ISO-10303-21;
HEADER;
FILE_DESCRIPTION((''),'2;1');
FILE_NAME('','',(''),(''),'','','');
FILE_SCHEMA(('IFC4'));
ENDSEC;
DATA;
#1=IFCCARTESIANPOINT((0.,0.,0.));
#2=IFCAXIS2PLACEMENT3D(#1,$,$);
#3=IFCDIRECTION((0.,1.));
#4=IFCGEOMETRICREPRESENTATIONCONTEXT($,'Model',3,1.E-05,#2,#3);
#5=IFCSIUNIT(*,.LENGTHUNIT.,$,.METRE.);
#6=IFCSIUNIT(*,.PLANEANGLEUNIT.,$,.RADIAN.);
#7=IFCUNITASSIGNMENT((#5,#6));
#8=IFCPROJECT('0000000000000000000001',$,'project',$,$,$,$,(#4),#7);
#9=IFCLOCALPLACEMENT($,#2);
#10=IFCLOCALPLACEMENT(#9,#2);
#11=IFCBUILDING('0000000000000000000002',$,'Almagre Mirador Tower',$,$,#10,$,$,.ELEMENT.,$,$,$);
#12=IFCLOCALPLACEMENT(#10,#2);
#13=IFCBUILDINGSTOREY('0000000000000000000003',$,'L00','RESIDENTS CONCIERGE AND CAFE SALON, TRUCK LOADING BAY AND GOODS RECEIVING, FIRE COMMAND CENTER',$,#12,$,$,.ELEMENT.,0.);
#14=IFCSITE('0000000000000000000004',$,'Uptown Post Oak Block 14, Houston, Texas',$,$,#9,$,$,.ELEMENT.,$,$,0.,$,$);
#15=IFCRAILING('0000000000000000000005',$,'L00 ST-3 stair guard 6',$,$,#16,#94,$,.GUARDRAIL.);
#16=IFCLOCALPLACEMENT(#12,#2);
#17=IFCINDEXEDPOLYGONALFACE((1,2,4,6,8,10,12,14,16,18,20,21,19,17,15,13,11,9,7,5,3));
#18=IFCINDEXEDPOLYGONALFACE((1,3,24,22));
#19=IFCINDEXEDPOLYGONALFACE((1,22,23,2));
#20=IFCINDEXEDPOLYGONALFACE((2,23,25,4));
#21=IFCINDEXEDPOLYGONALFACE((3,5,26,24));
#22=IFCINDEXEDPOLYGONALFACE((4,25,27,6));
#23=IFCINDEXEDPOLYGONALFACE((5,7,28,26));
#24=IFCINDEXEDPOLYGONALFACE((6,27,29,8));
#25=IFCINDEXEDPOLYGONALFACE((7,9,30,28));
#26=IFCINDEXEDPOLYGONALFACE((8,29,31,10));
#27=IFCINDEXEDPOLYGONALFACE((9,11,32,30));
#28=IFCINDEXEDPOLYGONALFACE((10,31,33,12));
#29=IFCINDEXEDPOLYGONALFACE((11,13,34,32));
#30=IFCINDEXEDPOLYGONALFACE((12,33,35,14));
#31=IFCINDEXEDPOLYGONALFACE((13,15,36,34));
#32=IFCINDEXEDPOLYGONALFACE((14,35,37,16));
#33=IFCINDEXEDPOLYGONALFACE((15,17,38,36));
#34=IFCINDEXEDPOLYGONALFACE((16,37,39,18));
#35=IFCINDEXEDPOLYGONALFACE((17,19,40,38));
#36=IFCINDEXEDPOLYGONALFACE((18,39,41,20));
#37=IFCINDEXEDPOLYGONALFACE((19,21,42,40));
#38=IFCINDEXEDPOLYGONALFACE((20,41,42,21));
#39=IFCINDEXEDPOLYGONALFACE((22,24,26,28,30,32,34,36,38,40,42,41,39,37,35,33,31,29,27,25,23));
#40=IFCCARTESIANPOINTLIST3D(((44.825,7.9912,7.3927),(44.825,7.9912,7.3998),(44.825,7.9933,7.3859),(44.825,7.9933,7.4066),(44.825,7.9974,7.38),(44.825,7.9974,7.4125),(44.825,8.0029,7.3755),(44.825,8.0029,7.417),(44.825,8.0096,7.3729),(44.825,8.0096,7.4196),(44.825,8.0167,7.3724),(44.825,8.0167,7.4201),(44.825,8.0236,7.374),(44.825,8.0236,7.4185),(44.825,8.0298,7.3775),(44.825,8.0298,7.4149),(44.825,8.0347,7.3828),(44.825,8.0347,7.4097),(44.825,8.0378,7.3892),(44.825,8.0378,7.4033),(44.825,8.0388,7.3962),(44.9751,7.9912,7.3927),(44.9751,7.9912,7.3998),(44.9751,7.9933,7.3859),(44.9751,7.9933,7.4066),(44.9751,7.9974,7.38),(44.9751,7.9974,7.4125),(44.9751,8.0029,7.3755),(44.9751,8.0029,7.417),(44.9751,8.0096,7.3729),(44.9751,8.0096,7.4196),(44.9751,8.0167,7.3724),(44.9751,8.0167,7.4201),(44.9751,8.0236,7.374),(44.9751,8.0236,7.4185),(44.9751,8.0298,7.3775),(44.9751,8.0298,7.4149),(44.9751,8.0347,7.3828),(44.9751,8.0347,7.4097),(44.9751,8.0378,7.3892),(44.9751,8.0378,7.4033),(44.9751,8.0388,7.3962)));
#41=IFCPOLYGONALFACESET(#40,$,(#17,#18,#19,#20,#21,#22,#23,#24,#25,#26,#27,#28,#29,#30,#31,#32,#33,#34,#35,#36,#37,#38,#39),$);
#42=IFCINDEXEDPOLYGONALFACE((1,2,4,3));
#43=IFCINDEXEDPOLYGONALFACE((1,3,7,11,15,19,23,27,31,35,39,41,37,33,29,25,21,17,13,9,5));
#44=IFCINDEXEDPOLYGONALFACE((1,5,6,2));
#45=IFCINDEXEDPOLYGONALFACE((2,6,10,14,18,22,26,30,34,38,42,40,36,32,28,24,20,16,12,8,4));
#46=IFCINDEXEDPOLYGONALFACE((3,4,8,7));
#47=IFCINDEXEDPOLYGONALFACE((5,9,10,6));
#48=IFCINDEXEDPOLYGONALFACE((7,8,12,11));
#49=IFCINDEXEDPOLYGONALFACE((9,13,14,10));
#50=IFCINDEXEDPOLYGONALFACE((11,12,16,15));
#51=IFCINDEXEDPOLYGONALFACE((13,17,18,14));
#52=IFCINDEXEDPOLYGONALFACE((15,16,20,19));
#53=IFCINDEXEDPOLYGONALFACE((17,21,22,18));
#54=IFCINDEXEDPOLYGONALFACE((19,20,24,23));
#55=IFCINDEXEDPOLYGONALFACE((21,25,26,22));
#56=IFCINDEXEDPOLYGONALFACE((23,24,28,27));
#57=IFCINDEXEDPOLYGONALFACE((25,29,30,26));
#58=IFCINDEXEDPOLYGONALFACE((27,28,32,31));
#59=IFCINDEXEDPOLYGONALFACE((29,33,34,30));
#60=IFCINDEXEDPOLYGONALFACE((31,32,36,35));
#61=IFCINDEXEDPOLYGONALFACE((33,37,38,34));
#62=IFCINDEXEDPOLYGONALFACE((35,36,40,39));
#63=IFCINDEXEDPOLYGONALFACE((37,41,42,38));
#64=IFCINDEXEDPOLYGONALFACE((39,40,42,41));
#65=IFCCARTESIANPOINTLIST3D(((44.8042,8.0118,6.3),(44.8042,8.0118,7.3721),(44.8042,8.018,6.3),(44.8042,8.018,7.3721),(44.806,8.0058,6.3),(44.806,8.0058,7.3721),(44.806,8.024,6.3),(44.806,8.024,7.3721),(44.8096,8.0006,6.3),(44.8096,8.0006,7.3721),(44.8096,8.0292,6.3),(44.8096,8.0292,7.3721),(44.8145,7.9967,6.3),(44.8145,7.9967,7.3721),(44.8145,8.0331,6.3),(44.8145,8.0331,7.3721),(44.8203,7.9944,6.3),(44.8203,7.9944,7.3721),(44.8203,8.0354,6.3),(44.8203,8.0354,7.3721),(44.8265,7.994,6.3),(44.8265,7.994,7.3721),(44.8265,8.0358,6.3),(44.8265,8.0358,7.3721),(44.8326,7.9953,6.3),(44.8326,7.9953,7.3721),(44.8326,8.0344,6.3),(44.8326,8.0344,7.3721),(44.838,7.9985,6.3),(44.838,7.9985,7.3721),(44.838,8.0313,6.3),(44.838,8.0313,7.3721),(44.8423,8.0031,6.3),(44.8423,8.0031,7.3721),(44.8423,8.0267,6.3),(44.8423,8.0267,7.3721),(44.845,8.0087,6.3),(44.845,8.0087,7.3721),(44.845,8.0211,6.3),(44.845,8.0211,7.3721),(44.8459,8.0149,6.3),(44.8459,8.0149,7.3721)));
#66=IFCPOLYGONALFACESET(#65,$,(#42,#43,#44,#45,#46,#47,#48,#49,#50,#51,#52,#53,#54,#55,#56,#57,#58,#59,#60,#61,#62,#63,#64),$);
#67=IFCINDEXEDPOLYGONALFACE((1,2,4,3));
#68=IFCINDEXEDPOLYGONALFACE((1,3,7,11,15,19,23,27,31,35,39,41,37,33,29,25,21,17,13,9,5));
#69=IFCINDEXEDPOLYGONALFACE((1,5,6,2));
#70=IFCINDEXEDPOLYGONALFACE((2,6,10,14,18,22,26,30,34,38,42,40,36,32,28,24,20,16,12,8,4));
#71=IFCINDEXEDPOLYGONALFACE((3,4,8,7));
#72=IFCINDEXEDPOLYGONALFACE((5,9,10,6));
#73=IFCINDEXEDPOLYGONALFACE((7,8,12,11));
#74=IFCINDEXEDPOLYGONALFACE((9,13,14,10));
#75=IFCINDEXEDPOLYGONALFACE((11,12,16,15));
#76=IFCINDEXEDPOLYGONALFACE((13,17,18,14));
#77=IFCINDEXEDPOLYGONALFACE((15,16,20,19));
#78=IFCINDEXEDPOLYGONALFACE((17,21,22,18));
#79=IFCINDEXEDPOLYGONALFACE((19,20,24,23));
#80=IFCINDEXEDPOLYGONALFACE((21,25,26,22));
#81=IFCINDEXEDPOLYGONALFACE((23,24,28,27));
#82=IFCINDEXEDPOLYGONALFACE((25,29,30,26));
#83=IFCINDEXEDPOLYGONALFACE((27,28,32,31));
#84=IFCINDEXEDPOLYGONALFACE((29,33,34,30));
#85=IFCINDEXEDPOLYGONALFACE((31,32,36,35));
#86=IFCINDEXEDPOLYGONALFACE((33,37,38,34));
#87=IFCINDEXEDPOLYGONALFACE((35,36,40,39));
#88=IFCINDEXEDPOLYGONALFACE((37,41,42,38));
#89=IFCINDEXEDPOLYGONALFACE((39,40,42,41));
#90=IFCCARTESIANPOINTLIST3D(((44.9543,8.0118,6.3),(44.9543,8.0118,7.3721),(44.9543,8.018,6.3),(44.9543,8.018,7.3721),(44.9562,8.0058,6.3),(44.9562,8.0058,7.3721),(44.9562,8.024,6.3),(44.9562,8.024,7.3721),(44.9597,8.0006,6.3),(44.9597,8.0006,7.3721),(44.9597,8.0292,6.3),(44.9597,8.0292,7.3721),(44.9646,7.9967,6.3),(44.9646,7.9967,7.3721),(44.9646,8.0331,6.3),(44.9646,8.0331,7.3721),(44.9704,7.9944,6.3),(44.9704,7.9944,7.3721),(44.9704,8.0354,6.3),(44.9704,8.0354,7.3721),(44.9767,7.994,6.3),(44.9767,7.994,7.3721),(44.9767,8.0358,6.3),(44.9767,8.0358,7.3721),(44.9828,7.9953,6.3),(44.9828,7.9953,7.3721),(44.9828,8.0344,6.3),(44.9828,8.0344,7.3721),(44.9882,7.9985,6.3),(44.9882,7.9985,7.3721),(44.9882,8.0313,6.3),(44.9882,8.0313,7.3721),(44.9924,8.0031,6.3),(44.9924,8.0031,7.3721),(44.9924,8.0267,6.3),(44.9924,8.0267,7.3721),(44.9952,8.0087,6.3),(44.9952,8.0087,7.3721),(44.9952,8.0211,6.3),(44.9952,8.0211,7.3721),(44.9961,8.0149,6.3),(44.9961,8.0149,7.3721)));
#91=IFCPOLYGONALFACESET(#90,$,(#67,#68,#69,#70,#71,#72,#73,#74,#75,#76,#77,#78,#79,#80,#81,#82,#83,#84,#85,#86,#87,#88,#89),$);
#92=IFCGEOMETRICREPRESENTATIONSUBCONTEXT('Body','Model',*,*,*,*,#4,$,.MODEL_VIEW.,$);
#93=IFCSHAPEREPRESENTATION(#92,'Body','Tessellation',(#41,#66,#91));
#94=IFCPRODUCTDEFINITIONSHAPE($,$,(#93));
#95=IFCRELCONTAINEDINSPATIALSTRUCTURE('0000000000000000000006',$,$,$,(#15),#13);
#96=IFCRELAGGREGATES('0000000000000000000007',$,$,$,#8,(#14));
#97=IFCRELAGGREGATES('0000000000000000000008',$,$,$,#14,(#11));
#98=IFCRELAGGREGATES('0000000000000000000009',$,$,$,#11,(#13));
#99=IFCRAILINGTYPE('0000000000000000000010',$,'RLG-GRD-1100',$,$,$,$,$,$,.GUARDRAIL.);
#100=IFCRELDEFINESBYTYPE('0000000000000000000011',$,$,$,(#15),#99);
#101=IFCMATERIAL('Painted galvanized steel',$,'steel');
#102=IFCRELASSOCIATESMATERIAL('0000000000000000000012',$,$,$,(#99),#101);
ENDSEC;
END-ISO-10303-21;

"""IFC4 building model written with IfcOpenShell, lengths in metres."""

from ifc_helpers import new_model, si_unit, direction, frame, origin, origin_2d, place, context, subcontext, project, spatial, circle, extrude, material, type_object, element, save


model = new_model("IFC4")

# Units and contexts
model_context = context("Model", 3, precision=1e-05, world=origin(), true_north=direction((0.0, 1.0)))
body_context = subcontext(model_context, "Body", "Model", "MODEL_VIEW")
ifc_project = project(units=[si_unit("LENGTHUNIT", "METRE"), si_unit("PLANEANGLEUNIT", "RADIAN")], contexts=[model_context])

# Site, building, storey
site_placement = place(None, origin())
site = spatial("IfcSite", under=ifc_project, at=site_placement, Name="Uptown Post Oak Block 14, Houston, Texas", CompositionType="ELEMENT", RefElevation=0.0)
building_placement = place(site_placement, origin())
building = spatial("IfcBuilding", under=site, at=building_placement, Name="Almagre Mirador Tower", CompositionType="ELEMENT")
storey_placement = place(building_placement, origin())
storey = spatial("IfcBuildingStorey", under=building, at=storey_placement, Name="L00", Description="RESIDENTS CONCIERGE AND CAFE SALON, TRUCK LOADING BAY AND GOODS RECEIVING, FIRE COMMAND CENTER", CompositionType="ELEMENT", Elevation=0.0)

# Railing
ifc_material_1 = material(Name="Painted galvanized steel", Category="steel")
railing_type_1 = type_object("IfcRailingType", Name="RLG-GRD-1100", PredefinedType="GUARDRAIL", material=ifc_material_1)
railing_1_placement = place(storey_placement, frame((44.825, 8.0149, 6.3)))
element("IfcRailing", 1, at=railing_1_placement, inside=storey, type_object=railing_type_1, Name="L00 ST-3 stair guard 6", PredefinedType="GUARDRAIL", context=body_context, shape_type="SweptSolid", body=[
    extrude(circle(Radius=0.0239, at=origin_2d()), frame((0.0, 0.0, 1.0962), z_axis=(1.0, 0.0, 0.0), x_axis=(0.0, 1.0, 0.0)), (0.0, 0.0, 1.0), 0.1501),
    extrude(circle(Radius=0.021, at=origin_2d()), origin(), (0.0, 0.0, 1.0), 1.072),
    extrude(circle(Radius=0.021, at=origin_2d()), frame((0.1501, 0.0, 0.0)), (0.0, 0.0, 1.0), 1.072),
])

save(model, "model.ifc")
